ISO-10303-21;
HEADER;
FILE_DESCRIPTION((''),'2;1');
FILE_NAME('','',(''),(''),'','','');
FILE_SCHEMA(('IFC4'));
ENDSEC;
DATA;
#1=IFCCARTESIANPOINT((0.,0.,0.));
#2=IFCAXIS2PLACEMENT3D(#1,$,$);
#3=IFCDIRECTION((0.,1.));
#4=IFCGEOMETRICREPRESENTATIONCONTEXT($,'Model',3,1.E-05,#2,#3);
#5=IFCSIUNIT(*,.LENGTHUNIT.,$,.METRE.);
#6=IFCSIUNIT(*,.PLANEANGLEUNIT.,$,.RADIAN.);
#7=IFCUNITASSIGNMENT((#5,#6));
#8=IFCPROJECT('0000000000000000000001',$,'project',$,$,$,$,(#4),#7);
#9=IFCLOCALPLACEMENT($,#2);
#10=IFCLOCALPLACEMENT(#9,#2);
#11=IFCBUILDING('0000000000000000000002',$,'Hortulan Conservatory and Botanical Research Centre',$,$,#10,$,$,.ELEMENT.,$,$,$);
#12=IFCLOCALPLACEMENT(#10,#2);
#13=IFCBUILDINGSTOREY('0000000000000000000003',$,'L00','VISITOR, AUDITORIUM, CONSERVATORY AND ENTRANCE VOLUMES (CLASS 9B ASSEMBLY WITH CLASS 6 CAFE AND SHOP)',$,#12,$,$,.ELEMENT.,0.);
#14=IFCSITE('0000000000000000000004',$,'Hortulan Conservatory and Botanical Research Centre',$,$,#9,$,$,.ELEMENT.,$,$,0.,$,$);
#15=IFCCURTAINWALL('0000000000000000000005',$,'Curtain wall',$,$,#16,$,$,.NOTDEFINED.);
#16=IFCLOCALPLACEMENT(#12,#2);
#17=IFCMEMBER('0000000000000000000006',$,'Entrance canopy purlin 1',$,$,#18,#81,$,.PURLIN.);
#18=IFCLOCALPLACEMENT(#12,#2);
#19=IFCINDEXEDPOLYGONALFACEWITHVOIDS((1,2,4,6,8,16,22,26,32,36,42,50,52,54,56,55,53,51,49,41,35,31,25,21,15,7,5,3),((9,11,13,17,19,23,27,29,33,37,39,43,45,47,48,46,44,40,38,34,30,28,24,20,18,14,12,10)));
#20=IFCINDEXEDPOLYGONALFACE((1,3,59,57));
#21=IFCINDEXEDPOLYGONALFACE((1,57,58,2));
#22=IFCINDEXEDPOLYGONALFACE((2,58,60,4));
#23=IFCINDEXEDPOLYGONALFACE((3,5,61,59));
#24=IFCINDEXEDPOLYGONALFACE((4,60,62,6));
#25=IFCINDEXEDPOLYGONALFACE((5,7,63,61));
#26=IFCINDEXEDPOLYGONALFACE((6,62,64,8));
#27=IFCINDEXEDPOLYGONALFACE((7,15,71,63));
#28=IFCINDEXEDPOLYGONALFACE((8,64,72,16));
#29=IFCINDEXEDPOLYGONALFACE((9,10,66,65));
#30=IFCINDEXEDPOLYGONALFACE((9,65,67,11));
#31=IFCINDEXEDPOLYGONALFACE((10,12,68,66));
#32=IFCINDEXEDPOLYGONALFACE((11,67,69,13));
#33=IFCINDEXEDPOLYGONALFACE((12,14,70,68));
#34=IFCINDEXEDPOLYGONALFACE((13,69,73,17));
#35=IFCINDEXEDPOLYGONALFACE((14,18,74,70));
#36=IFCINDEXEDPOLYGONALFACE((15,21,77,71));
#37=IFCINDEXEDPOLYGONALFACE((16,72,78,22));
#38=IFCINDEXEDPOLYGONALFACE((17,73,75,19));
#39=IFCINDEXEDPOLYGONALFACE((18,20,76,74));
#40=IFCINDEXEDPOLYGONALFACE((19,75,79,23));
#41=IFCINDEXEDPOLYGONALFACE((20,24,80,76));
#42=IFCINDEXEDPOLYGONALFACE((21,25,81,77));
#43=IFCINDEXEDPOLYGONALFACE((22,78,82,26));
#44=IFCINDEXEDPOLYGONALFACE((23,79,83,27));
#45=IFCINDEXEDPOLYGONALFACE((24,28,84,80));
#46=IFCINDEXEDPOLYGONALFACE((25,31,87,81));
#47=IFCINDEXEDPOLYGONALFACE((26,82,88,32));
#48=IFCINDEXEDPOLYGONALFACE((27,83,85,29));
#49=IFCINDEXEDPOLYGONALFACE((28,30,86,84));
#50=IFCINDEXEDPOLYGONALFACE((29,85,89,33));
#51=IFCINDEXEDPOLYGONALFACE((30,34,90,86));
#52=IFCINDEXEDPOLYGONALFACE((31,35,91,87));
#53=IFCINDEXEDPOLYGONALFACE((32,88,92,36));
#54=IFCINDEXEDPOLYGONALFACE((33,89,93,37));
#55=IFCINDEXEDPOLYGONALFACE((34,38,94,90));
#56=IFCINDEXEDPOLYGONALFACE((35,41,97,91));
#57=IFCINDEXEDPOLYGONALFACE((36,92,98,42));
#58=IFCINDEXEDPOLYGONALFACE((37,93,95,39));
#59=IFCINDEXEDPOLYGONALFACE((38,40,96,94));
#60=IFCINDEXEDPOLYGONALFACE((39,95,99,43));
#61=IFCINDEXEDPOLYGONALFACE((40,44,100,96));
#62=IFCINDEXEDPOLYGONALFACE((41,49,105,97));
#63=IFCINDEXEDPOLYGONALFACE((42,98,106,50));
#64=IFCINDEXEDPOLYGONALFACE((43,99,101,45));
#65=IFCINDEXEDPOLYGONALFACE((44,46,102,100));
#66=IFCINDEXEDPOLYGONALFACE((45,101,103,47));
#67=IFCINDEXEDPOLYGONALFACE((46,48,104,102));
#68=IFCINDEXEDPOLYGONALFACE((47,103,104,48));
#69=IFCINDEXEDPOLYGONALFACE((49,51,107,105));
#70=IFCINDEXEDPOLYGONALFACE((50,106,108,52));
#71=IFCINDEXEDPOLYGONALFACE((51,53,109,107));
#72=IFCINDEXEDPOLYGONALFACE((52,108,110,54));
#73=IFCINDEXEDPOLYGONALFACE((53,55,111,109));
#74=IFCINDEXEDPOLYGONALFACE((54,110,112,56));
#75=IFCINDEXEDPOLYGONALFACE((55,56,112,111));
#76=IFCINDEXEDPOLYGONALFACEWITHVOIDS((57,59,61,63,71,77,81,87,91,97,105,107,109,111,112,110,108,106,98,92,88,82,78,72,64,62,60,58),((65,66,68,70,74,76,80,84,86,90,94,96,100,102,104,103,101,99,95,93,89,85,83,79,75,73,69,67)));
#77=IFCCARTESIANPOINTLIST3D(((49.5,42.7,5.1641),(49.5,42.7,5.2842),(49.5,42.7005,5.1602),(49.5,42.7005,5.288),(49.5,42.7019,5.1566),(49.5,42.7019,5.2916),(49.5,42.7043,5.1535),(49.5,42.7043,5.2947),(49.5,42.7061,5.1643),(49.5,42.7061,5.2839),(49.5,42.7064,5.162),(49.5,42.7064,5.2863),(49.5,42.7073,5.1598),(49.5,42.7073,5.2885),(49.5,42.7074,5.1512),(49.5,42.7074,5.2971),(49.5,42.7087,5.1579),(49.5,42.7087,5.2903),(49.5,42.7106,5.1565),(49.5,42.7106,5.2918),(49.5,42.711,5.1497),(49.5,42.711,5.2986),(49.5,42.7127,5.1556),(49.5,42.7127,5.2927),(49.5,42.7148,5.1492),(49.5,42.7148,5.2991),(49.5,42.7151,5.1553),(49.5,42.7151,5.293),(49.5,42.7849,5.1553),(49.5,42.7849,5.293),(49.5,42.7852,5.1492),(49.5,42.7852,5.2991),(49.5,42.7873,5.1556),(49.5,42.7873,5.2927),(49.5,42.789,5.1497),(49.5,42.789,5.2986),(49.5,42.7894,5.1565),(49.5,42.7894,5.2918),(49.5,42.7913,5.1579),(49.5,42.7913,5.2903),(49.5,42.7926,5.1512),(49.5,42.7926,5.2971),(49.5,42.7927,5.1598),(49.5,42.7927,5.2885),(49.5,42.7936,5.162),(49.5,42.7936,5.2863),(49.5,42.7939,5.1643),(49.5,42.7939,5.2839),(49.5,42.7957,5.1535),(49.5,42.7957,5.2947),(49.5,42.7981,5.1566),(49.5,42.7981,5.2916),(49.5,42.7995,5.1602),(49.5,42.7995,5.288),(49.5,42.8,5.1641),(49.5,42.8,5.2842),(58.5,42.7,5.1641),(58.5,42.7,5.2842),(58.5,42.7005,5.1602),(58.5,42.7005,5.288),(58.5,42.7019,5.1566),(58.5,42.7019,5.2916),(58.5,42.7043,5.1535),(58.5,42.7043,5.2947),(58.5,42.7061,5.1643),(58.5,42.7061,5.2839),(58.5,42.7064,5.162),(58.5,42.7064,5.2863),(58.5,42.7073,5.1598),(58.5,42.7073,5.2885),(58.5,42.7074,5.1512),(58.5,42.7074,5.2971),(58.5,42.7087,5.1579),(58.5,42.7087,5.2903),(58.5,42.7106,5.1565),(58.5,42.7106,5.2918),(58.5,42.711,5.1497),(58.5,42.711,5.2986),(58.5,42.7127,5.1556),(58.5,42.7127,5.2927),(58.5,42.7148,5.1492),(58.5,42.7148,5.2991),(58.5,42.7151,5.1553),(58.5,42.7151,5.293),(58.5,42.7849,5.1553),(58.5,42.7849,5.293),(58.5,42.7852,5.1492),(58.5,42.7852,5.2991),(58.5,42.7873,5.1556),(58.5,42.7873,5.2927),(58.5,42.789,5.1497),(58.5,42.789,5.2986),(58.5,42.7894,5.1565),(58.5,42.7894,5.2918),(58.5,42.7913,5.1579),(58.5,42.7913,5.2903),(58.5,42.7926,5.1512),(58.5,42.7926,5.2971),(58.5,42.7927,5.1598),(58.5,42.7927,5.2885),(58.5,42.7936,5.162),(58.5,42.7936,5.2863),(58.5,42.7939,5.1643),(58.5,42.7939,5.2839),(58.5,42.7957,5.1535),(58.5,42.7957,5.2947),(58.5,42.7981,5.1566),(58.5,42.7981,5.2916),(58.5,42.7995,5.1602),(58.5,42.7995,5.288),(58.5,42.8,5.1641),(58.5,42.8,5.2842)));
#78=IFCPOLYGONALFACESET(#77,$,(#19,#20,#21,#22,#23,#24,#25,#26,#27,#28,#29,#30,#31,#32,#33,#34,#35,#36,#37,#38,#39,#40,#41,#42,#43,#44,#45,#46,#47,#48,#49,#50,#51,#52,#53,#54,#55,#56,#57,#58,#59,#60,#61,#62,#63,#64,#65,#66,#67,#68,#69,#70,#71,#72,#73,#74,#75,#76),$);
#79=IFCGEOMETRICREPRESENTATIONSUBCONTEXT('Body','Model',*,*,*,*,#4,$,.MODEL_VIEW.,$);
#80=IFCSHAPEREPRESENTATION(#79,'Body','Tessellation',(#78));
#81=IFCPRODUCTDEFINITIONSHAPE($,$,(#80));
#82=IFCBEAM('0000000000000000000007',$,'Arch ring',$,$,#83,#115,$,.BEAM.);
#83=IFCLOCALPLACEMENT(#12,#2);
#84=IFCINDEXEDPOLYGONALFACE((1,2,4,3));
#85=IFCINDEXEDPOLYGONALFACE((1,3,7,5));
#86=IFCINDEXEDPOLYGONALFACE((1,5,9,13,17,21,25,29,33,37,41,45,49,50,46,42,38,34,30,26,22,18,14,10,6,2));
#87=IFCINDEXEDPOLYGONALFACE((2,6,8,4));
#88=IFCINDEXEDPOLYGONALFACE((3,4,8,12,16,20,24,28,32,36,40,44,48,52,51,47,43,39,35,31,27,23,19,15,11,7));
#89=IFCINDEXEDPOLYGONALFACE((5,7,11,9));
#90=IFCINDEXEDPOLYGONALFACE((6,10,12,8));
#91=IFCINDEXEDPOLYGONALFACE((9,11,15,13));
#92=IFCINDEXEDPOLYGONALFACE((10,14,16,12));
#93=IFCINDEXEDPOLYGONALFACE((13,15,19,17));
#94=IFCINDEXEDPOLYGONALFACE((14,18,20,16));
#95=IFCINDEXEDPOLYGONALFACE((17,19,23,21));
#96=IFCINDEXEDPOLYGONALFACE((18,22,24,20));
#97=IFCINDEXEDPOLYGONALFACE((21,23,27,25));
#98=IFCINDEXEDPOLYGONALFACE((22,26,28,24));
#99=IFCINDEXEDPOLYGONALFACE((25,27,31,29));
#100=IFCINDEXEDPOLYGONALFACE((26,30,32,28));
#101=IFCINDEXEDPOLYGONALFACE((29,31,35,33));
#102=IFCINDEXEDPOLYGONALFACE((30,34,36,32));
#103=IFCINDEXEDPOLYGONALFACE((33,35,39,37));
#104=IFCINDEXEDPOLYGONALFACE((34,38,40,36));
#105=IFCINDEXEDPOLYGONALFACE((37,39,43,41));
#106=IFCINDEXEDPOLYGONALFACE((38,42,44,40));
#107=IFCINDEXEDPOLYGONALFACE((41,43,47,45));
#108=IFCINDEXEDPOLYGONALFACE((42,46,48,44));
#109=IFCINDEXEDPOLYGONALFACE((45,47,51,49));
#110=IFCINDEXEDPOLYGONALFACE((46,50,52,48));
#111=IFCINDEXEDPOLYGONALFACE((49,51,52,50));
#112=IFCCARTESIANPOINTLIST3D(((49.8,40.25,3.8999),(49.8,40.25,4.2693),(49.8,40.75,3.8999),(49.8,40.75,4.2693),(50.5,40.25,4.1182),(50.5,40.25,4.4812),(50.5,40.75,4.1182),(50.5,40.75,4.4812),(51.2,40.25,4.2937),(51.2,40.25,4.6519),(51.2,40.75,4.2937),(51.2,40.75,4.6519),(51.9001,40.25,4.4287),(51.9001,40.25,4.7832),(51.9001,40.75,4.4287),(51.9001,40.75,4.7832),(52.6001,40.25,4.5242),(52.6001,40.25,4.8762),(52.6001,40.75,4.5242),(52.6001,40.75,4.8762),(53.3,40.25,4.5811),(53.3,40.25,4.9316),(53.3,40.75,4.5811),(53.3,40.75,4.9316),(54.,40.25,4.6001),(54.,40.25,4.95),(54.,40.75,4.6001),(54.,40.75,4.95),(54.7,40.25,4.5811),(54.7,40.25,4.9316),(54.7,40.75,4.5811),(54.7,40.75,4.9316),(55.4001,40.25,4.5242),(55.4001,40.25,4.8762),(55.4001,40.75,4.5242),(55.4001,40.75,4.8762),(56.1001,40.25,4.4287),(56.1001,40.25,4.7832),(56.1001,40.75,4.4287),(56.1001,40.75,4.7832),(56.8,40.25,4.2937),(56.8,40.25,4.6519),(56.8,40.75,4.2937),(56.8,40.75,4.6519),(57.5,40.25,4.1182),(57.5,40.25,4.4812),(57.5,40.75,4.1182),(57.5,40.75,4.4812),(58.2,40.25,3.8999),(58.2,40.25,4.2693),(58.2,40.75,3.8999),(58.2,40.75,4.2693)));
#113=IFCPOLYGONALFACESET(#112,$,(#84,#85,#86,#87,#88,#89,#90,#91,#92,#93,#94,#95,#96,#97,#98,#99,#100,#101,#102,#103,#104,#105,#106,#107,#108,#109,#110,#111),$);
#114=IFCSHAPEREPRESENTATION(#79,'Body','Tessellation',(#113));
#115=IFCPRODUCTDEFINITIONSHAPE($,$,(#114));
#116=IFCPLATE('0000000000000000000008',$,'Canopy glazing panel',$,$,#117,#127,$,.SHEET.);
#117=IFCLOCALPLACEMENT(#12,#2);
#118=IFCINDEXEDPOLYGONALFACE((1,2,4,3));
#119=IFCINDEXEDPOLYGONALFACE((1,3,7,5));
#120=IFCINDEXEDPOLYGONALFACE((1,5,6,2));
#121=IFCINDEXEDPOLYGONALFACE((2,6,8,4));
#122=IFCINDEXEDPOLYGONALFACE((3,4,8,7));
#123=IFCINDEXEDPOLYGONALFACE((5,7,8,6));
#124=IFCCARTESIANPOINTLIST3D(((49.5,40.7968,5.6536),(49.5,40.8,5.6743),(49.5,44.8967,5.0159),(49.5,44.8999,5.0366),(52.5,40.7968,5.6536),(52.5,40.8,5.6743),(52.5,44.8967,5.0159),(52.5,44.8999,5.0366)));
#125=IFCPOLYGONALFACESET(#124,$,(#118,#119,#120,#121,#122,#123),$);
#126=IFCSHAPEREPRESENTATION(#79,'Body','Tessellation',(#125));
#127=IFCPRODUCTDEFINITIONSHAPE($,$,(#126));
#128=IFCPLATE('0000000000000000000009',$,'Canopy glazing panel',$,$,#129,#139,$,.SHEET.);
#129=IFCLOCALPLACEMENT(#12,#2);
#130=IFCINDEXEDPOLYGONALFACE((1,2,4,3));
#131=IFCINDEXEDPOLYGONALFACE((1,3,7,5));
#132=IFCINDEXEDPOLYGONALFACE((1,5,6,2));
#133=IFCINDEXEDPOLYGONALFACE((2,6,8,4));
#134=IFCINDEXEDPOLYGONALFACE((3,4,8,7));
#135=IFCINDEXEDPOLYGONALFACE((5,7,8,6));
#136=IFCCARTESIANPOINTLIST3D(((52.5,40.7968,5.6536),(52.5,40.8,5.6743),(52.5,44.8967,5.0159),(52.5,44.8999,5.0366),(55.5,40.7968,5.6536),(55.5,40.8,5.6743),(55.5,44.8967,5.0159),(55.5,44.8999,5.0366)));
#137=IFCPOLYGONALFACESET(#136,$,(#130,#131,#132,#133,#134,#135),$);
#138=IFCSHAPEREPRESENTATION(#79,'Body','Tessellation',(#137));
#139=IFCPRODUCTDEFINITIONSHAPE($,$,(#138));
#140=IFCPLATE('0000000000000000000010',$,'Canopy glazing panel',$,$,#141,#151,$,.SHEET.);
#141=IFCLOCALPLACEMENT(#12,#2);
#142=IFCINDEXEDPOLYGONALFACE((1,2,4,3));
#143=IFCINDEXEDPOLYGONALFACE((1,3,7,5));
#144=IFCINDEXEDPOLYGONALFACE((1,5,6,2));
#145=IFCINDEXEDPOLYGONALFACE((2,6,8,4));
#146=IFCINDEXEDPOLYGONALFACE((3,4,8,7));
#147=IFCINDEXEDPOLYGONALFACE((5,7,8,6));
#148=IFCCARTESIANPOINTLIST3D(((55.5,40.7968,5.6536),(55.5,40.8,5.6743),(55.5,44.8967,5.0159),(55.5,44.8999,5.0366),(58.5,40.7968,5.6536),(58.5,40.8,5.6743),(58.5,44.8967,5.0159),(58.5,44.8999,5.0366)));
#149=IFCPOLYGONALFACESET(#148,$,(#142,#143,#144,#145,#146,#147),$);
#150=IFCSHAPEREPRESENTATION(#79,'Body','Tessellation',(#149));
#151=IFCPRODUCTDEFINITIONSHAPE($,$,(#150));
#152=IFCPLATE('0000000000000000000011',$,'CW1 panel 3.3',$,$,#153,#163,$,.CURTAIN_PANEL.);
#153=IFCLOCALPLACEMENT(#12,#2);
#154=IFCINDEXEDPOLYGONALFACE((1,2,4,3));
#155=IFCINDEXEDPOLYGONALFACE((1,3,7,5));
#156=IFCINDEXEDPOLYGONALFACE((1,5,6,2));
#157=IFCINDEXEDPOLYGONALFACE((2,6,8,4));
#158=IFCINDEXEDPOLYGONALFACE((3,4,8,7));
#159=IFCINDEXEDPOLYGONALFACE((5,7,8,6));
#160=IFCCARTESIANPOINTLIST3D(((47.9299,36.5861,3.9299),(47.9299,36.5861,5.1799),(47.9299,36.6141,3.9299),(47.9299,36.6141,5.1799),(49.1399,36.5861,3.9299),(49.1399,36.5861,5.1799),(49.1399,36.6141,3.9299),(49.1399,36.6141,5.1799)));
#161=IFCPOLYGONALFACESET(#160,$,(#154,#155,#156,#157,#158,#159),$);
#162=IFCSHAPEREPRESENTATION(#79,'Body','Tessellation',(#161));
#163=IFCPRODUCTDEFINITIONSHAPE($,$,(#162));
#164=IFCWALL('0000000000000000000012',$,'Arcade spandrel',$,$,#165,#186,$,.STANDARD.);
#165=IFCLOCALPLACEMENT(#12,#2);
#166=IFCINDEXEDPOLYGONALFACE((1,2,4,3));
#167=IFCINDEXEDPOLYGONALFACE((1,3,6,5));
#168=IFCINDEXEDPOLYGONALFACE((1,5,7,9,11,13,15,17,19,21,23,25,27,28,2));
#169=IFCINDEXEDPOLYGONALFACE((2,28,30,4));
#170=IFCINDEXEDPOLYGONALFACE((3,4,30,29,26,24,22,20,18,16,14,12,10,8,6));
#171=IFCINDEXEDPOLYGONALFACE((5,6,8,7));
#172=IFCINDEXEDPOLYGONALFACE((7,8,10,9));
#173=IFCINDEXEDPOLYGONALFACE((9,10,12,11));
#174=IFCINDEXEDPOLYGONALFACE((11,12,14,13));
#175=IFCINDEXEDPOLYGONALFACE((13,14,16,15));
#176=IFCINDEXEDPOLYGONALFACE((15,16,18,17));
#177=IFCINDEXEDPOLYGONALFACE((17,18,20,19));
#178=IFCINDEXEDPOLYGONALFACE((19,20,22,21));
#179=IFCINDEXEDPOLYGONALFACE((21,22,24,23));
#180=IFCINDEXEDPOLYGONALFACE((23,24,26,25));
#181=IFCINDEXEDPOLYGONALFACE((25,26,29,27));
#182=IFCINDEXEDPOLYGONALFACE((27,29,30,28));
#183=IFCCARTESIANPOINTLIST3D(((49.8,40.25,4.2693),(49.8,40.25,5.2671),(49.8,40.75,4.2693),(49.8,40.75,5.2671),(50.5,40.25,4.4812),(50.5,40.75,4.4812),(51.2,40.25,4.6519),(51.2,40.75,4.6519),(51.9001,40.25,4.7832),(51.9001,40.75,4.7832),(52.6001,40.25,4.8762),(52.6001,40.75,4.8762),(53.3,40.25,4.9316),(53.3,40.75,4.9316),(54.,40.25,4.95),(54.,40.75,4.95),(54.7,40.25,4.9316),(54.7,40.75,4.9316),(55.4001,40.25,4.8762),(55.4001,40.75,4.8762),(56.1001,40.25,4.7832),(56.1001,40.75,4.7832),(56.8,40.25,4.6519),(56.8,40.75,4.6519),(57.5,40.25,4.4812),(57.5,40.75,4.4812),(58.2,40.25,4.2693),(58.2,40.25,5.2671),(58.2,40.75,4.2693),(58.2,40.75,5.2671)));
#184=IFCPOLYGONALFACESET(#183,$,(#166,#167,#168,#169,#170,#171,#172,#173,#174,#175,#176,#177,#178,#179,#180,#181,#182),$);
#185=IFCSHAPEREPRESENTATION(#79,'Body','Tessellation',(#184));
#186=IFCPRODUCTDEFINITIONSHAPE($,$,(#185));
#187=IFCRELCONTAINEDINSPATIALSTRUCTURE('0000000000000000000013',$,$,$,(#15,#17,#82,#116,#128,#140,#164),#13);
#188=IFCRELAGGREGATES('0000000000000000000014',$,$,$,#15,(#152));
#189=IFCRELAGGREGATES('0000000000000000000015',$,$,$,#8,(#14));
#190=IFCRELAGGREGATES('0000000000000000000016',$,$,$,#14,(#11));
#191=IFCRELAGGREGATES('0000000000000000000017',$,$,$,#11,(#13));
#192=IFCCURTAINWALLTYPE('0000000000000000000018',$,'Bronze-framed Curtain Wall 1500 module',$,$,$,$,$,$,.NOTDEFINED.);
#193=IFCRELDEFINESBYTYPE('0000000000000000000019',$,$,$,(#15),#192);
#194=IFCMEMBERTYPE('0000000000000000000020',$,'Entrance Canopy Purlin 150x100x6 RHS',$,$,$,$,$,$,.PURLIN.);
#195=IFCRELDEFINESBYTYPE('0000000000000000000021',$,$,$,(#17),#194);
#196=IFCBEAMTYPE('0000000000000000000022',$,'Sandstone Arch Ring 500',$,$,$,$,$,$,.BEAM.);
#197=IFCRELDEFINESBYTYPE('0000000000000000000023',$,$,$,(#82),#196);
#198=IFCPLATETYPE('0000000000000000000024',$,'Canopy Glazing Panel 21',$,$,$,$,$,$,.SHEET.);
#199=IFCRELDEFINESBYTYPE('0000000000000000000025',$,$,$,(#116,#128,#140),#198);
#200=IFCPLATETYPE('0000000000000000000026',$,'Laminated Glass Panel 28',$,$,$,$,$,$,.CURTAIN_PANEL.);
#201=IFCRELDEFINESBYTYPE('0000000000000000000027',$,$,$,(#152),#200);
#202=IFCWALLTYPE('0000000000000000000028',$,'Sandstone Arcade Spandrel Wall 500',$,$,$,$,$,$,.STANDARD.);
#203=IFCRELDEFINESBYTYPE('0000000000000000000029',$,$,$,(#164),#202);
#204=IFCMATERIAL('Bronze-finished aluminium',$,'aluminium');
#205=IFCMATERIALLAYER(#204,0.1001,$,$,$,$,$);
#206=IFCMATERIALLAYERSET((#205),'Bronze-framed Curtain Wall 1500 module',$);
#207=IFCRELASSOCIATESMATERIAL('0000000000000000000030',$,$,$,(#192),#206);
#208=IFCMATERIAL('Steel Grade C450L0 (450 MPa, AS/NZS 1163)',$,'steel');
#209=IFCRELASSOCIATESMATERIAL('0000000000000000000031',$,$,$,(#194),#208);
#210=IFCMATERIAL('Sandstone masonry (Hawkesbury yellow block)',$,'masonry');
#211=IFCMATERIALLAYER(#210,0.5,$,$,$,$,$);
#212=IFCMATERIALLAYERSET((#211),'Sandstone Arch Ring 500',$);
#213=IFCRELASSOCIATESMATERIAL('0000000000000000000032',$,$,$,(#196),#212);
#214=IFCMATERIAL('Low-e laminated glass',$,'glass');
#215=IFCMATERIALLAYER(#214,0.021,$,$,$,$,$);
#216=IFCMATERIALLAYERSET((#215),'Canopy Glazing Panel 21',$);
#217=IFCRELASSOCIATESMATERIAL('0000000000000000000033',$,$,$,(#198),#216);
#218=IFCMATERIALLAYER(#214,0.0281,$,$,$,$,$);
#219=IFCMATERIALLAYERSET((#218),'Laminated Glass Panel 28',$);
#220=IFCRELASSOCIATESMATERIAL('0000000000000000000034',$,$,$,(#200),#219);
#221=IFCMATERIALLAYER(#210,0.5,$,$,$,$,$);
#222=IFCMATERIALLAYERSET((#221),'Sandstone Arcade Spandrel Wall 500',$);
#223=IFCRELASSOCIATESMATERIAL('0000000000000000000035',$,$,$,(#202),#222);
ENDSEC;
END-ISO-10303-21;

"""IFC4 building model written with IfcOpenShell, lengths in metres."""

from ifc_helpers import new_model, si_unit, direction, frame, origin, origin_2d, place, context, subcontext, project, spatial, polyline, rectangle, hollow_rectangle, outline, extrude, material, layer, layer_set, material_profile, profile_set, type_object, element, aggregate, save


model = new_model("IFC4")

# Units and contexts
model_context = context("Model", 3, precision=1e-05, world=origin(), true_north=direction((0.0, 1.0)))
body_context = subcontext(model_context, "Body", "Model", "MODEL_VIEW")
ifc_project = project(units=[si_unit("LENGTHUNIT", "METRE"), si_unit("PLANEANGLEUNIT", "RADIAN")], contexts=[model_context])

# Site, building, storey
site_placement = place(None, origin())
site = spatial("IfcSite", under=ifc_project, at=site_placement, Name="Hortulan Conservatory and Botanical Research Centre", CompositionType="ELEMENT", RefElevation=0.0)
building_placement = place(site_placement, origin())
building = spatial("IfcBuilding", under=site, at=building_placement, Name="Hortulan Conservatory and Botanical Research Centre", CompositionType="ELEMENT")
storey_placement = place(building_placement, origin())
storey = spatial("IfcBuildingStorey", under=building, at=storey_placement, Name="L00", Description="VISITOR, AUDITORIUM, CONSERVATORY AND ENTRANCE VOLUMES (CLASS 9B ASSEMBLY WITH CLASS 6 CAFE AND SHOP)", CompositionType="ELEMENT", Elevation=0.0)

# Shared definitions
ifc_material_1 = material(Name="Steel Grade C450L0 (450 MPa, AS/NZS 1163)", Category="steel")

# Curtain wall
ifc_material_2 = material(Name="Bronze-finished aluminium", Category="aluminium")
ifc_layer_1 = layer(ifc_material_2, 0.1001)
ifc_layer_set_1 = layer_set([ifc_layer_1], Name="Bronze-framed Curtain Wall 1500 module")
curtain_wall_type = type_object("IfcCurtainWallType", Name="Bronze-framed Curtain Wall 1500 module", PredefinedType="NOTDEFINED", material=ifc_layer_set_1)
curtain_wall_placement = place(storey_placement, origin())
curtain_wall = element("IfcCurtainWall", 1, at=curtain_wall_placement, inside=storey, type_object=curtain_wall_type, Name="Curtain wall", PredefinedType="NOTDEFINED")

# Member
ifc_material_profile_1 = material_profile(ifc_material_1, hollow_rectangle(XDim=0.1001, YDim=0.1499, WallThickness=0.0061, InnerFilletRadius=0.009, OuterFilletRadius=0.0149, at=origin_2d()), Name="150x100x6RHS")
ifc_profile_set_1 = profile_set([ifc_material_profile_1], Name="Steel Grade C450L0 (450 MPa, AS/NZS 1163)")
member_type_1 = type_object("IfcMemberType", Name="Entrance Canopy Purlin 150x100x6 RHS", PredefinedType="PURLIN", material=ifc_profile_set_1)
member_1_placement = place(storey_placement, frame((49.5, 42.75, 5.2241), z_axis=(1.0, 0.0, 0.0), x_axis=(0.0, 1.0, 0.0)))
element("IfcMember", 2, at=member_1_placement, inside=storey, type_object=member_type_1, Name="Entrance canopy purlin 1", PredefinedType="PURLIN", context=body_context, shape_type="SweptSolid", body=[
    extrude(hollow_rectangle(XDim=0.1001, YDim=0.1499, WallThickness=0.0061, InnerFilletRadius=0.009, OuterFilletRadius=0.0149, at=origin_2d()), origin(), (0.0, 0.0, 1.0), 9.0),
])

# Beam
ifc_material_3 = material(Name="Sandstone masonry (Hawkesbury yellow block)", Category="masonry")
ifc_layer_2 = layer(ifc_material_3, 0.5)
ifc_layer_set_2 = layer_set([ifc_layer_2], Name="Sandstone Arch Ring 500")
beam_type_1 = type_object("IfcBeamType", Name="Sandstone Arch Ring 500", PredefinedType="BEAM", material=ifc_layer_set_2)
beam_1_placement = place(storey_placement, frame((49.8, 40.5, 3.8999), z_axis=(0.0, 0.0, 1.0), x_axis=(1.0, 0.0, 0.0)))
element("IfcBeam", 3, at=beam_1_placement, inside=storey, type_object=beam_type_1, Name="Arch ring", PredefinedType="BEAM", context=body_context, shape_type="SweptSolid", body=[
    extrude(outline(polyline([(0.0, 0.0), (0.7, 0.2183), (1.3999, 0.3938), (2.1001, 0.5288), (2.8, 0.6243), (3.5, 0.6812), (4.2, 0.7002), (4.8999, 0.6812), (5.6001, 0.6243), (6.3, 0.5288), (7.0, 0.3938), (7.7, 0.2183), (8.3999, 0.0), (8.3999, 0.3694), (7.7, 0.5813), (7.0, 0.752), (6.3, 0.8833), (5.6001, 0.9763), (4.8999, 1.0317), (4.2, 1.05), (3.5, 1.0317), (2.8, 0.9763), (2.1001, 0.8833), (1.3999, 0.752), (0.7, 0.5813), (0.0, 0.3694), (0.0, 0.0)])), frame((0.0, 0.25, 0.0), z_axis=(0.0, -1.0, 0.0), x_axis=(1.0, 0.0, 0.0)), (0.0, 0.0, 1.0), 0.5),
])

# Plates
ifc_material_4 = material(Name="Low-e laminated glass", Category="glass")
ifc_layer_3 = layer(ifc_material_4, 0.021)
ifc_layer_set_3 = layer_set([ifc_layer_3], Name="Canopy Glazing Panel 21")
plate_type_1 = type_object("IfcPlateType", Name="Canopy Glazing Panel 21", PredefinedType="SHEET", material=ifc_layer_set_3)
for number, where, z_axis, x_axis, name in (
    (4, (49.5, 40.8, 5.6743), (0.0, 0.153693, 0.988119), (1.0, 0.0, 0.0), "Canopy glazing panel"),
    (5, (52.5, 40.8, 5.6743), (0.0, 0.153693, 0.988119), (1.0, 0.0, 0.0), "Canopy glazing panel"),
    (6, (55.5, 40.8, 5.6743), (0.0, 0.153693, 0.988119), (1.0, 0.0, 0.0), "Canopy glazing panel"),
):
    element("IfcPlate", number, at=place(storey_placement, frame(where, z_axis=z_axis, x_axis=x_axis)), inside=storey, type_object=plate_type_1, Name=name, PredefinedType="SHEET", context=body_context, shape_type="SweptSolid", body=[
        extrude(outline(polyline([(0.0, 0.0), (3.0, 0.0), (3.0, 4.1492), (0.0, 4.1492), (0.0, 0.0)])), origin(), (0.0, 0.0, -1.0), 0.021),
    ])

# Plate
ifc_layer_4 = layer(ifc_material_4, 0.0281)
ifc_layer_set_4 = layer_set([ifc_layer_4], Name="Laminated Glass Panel 28")
plate_type_2 = type_object("IfcPlateType", Name="Laminated Glass Panel 28", PredefinedType="CURTAIN_PANEL", material=ifc_layer_set_4)
plate_placement = place(storey_placement, frame((48.5349, 36.6001, 3.9299), z_axis=(0.0, 0.0, 1.0), x_axis=(1.0, 0.0, 0.0)))
plate = element("IfcPlate", 7, at=plate_placement, type_object=plate_type_2, Name="CW1 panel 3.3", PredefinedType="CURTAIN_PANEL", context=body_context, shape_type="SweptSolid", body=[
    extrude(rectangle(XDim=1.21, YDim=0.0281, at=origin_2d()), origin(), (0.0, 0.0, 1.0), 1.25),
])
aggregate(curtain_wall, [plate])

# Wall
ifc_layer_5 = layer(ifc_material_3, 0.5)
ifc_layer_set_5 = layer_set([ifc_layer_5], Name="Sandstone Arcade Spandrel Wall 500")
wall_type = type_object("IfcWallType", Name="Sandstone Arcade Spandrel Wall 500", PredefinedType="STANDARD", material=ifc_layer_set_5)
wall_placement = place(storey_placement, frame((49.8, 40.5, 4.2693), z_axis=(0.0, 0.0, 1.0), x_axis=(1.0, 0.0, 0.0)))
element("IfcWall", 8, at=wall_placement, inside=storey, type_object=wall_type, Name="Arcade spandrel", PredefinedType="STANDARD", context=body_context, shape_type="SweptSolid", body=[
    extrude(outline(polyline([(0.0, 0.0), (0.7, 0.2119), (1.3999, 0.3826), (2.1001, 0.5139), (2.8, 0.6069), (3.5, 0.6624), (4.2, 0.6807), (4.8999, 0.6624), (5.6001, 0.6069), (6.3, 0.5139), (7.0, 0.3826), (7.7, 0.2119), (8.3999, 0.0), (8.3999, 0.9978), (0.0, 0.9978), (0.0, 0.0)])), frame((0.0, 0.25, 0.0), z_axis=(0.0, -1.0, 0.0), x_axis=(1.0, 0.0, 0.0)), (0.0, 0.0, 1.0), 0.5),
])

save(model, "model.ifc")
